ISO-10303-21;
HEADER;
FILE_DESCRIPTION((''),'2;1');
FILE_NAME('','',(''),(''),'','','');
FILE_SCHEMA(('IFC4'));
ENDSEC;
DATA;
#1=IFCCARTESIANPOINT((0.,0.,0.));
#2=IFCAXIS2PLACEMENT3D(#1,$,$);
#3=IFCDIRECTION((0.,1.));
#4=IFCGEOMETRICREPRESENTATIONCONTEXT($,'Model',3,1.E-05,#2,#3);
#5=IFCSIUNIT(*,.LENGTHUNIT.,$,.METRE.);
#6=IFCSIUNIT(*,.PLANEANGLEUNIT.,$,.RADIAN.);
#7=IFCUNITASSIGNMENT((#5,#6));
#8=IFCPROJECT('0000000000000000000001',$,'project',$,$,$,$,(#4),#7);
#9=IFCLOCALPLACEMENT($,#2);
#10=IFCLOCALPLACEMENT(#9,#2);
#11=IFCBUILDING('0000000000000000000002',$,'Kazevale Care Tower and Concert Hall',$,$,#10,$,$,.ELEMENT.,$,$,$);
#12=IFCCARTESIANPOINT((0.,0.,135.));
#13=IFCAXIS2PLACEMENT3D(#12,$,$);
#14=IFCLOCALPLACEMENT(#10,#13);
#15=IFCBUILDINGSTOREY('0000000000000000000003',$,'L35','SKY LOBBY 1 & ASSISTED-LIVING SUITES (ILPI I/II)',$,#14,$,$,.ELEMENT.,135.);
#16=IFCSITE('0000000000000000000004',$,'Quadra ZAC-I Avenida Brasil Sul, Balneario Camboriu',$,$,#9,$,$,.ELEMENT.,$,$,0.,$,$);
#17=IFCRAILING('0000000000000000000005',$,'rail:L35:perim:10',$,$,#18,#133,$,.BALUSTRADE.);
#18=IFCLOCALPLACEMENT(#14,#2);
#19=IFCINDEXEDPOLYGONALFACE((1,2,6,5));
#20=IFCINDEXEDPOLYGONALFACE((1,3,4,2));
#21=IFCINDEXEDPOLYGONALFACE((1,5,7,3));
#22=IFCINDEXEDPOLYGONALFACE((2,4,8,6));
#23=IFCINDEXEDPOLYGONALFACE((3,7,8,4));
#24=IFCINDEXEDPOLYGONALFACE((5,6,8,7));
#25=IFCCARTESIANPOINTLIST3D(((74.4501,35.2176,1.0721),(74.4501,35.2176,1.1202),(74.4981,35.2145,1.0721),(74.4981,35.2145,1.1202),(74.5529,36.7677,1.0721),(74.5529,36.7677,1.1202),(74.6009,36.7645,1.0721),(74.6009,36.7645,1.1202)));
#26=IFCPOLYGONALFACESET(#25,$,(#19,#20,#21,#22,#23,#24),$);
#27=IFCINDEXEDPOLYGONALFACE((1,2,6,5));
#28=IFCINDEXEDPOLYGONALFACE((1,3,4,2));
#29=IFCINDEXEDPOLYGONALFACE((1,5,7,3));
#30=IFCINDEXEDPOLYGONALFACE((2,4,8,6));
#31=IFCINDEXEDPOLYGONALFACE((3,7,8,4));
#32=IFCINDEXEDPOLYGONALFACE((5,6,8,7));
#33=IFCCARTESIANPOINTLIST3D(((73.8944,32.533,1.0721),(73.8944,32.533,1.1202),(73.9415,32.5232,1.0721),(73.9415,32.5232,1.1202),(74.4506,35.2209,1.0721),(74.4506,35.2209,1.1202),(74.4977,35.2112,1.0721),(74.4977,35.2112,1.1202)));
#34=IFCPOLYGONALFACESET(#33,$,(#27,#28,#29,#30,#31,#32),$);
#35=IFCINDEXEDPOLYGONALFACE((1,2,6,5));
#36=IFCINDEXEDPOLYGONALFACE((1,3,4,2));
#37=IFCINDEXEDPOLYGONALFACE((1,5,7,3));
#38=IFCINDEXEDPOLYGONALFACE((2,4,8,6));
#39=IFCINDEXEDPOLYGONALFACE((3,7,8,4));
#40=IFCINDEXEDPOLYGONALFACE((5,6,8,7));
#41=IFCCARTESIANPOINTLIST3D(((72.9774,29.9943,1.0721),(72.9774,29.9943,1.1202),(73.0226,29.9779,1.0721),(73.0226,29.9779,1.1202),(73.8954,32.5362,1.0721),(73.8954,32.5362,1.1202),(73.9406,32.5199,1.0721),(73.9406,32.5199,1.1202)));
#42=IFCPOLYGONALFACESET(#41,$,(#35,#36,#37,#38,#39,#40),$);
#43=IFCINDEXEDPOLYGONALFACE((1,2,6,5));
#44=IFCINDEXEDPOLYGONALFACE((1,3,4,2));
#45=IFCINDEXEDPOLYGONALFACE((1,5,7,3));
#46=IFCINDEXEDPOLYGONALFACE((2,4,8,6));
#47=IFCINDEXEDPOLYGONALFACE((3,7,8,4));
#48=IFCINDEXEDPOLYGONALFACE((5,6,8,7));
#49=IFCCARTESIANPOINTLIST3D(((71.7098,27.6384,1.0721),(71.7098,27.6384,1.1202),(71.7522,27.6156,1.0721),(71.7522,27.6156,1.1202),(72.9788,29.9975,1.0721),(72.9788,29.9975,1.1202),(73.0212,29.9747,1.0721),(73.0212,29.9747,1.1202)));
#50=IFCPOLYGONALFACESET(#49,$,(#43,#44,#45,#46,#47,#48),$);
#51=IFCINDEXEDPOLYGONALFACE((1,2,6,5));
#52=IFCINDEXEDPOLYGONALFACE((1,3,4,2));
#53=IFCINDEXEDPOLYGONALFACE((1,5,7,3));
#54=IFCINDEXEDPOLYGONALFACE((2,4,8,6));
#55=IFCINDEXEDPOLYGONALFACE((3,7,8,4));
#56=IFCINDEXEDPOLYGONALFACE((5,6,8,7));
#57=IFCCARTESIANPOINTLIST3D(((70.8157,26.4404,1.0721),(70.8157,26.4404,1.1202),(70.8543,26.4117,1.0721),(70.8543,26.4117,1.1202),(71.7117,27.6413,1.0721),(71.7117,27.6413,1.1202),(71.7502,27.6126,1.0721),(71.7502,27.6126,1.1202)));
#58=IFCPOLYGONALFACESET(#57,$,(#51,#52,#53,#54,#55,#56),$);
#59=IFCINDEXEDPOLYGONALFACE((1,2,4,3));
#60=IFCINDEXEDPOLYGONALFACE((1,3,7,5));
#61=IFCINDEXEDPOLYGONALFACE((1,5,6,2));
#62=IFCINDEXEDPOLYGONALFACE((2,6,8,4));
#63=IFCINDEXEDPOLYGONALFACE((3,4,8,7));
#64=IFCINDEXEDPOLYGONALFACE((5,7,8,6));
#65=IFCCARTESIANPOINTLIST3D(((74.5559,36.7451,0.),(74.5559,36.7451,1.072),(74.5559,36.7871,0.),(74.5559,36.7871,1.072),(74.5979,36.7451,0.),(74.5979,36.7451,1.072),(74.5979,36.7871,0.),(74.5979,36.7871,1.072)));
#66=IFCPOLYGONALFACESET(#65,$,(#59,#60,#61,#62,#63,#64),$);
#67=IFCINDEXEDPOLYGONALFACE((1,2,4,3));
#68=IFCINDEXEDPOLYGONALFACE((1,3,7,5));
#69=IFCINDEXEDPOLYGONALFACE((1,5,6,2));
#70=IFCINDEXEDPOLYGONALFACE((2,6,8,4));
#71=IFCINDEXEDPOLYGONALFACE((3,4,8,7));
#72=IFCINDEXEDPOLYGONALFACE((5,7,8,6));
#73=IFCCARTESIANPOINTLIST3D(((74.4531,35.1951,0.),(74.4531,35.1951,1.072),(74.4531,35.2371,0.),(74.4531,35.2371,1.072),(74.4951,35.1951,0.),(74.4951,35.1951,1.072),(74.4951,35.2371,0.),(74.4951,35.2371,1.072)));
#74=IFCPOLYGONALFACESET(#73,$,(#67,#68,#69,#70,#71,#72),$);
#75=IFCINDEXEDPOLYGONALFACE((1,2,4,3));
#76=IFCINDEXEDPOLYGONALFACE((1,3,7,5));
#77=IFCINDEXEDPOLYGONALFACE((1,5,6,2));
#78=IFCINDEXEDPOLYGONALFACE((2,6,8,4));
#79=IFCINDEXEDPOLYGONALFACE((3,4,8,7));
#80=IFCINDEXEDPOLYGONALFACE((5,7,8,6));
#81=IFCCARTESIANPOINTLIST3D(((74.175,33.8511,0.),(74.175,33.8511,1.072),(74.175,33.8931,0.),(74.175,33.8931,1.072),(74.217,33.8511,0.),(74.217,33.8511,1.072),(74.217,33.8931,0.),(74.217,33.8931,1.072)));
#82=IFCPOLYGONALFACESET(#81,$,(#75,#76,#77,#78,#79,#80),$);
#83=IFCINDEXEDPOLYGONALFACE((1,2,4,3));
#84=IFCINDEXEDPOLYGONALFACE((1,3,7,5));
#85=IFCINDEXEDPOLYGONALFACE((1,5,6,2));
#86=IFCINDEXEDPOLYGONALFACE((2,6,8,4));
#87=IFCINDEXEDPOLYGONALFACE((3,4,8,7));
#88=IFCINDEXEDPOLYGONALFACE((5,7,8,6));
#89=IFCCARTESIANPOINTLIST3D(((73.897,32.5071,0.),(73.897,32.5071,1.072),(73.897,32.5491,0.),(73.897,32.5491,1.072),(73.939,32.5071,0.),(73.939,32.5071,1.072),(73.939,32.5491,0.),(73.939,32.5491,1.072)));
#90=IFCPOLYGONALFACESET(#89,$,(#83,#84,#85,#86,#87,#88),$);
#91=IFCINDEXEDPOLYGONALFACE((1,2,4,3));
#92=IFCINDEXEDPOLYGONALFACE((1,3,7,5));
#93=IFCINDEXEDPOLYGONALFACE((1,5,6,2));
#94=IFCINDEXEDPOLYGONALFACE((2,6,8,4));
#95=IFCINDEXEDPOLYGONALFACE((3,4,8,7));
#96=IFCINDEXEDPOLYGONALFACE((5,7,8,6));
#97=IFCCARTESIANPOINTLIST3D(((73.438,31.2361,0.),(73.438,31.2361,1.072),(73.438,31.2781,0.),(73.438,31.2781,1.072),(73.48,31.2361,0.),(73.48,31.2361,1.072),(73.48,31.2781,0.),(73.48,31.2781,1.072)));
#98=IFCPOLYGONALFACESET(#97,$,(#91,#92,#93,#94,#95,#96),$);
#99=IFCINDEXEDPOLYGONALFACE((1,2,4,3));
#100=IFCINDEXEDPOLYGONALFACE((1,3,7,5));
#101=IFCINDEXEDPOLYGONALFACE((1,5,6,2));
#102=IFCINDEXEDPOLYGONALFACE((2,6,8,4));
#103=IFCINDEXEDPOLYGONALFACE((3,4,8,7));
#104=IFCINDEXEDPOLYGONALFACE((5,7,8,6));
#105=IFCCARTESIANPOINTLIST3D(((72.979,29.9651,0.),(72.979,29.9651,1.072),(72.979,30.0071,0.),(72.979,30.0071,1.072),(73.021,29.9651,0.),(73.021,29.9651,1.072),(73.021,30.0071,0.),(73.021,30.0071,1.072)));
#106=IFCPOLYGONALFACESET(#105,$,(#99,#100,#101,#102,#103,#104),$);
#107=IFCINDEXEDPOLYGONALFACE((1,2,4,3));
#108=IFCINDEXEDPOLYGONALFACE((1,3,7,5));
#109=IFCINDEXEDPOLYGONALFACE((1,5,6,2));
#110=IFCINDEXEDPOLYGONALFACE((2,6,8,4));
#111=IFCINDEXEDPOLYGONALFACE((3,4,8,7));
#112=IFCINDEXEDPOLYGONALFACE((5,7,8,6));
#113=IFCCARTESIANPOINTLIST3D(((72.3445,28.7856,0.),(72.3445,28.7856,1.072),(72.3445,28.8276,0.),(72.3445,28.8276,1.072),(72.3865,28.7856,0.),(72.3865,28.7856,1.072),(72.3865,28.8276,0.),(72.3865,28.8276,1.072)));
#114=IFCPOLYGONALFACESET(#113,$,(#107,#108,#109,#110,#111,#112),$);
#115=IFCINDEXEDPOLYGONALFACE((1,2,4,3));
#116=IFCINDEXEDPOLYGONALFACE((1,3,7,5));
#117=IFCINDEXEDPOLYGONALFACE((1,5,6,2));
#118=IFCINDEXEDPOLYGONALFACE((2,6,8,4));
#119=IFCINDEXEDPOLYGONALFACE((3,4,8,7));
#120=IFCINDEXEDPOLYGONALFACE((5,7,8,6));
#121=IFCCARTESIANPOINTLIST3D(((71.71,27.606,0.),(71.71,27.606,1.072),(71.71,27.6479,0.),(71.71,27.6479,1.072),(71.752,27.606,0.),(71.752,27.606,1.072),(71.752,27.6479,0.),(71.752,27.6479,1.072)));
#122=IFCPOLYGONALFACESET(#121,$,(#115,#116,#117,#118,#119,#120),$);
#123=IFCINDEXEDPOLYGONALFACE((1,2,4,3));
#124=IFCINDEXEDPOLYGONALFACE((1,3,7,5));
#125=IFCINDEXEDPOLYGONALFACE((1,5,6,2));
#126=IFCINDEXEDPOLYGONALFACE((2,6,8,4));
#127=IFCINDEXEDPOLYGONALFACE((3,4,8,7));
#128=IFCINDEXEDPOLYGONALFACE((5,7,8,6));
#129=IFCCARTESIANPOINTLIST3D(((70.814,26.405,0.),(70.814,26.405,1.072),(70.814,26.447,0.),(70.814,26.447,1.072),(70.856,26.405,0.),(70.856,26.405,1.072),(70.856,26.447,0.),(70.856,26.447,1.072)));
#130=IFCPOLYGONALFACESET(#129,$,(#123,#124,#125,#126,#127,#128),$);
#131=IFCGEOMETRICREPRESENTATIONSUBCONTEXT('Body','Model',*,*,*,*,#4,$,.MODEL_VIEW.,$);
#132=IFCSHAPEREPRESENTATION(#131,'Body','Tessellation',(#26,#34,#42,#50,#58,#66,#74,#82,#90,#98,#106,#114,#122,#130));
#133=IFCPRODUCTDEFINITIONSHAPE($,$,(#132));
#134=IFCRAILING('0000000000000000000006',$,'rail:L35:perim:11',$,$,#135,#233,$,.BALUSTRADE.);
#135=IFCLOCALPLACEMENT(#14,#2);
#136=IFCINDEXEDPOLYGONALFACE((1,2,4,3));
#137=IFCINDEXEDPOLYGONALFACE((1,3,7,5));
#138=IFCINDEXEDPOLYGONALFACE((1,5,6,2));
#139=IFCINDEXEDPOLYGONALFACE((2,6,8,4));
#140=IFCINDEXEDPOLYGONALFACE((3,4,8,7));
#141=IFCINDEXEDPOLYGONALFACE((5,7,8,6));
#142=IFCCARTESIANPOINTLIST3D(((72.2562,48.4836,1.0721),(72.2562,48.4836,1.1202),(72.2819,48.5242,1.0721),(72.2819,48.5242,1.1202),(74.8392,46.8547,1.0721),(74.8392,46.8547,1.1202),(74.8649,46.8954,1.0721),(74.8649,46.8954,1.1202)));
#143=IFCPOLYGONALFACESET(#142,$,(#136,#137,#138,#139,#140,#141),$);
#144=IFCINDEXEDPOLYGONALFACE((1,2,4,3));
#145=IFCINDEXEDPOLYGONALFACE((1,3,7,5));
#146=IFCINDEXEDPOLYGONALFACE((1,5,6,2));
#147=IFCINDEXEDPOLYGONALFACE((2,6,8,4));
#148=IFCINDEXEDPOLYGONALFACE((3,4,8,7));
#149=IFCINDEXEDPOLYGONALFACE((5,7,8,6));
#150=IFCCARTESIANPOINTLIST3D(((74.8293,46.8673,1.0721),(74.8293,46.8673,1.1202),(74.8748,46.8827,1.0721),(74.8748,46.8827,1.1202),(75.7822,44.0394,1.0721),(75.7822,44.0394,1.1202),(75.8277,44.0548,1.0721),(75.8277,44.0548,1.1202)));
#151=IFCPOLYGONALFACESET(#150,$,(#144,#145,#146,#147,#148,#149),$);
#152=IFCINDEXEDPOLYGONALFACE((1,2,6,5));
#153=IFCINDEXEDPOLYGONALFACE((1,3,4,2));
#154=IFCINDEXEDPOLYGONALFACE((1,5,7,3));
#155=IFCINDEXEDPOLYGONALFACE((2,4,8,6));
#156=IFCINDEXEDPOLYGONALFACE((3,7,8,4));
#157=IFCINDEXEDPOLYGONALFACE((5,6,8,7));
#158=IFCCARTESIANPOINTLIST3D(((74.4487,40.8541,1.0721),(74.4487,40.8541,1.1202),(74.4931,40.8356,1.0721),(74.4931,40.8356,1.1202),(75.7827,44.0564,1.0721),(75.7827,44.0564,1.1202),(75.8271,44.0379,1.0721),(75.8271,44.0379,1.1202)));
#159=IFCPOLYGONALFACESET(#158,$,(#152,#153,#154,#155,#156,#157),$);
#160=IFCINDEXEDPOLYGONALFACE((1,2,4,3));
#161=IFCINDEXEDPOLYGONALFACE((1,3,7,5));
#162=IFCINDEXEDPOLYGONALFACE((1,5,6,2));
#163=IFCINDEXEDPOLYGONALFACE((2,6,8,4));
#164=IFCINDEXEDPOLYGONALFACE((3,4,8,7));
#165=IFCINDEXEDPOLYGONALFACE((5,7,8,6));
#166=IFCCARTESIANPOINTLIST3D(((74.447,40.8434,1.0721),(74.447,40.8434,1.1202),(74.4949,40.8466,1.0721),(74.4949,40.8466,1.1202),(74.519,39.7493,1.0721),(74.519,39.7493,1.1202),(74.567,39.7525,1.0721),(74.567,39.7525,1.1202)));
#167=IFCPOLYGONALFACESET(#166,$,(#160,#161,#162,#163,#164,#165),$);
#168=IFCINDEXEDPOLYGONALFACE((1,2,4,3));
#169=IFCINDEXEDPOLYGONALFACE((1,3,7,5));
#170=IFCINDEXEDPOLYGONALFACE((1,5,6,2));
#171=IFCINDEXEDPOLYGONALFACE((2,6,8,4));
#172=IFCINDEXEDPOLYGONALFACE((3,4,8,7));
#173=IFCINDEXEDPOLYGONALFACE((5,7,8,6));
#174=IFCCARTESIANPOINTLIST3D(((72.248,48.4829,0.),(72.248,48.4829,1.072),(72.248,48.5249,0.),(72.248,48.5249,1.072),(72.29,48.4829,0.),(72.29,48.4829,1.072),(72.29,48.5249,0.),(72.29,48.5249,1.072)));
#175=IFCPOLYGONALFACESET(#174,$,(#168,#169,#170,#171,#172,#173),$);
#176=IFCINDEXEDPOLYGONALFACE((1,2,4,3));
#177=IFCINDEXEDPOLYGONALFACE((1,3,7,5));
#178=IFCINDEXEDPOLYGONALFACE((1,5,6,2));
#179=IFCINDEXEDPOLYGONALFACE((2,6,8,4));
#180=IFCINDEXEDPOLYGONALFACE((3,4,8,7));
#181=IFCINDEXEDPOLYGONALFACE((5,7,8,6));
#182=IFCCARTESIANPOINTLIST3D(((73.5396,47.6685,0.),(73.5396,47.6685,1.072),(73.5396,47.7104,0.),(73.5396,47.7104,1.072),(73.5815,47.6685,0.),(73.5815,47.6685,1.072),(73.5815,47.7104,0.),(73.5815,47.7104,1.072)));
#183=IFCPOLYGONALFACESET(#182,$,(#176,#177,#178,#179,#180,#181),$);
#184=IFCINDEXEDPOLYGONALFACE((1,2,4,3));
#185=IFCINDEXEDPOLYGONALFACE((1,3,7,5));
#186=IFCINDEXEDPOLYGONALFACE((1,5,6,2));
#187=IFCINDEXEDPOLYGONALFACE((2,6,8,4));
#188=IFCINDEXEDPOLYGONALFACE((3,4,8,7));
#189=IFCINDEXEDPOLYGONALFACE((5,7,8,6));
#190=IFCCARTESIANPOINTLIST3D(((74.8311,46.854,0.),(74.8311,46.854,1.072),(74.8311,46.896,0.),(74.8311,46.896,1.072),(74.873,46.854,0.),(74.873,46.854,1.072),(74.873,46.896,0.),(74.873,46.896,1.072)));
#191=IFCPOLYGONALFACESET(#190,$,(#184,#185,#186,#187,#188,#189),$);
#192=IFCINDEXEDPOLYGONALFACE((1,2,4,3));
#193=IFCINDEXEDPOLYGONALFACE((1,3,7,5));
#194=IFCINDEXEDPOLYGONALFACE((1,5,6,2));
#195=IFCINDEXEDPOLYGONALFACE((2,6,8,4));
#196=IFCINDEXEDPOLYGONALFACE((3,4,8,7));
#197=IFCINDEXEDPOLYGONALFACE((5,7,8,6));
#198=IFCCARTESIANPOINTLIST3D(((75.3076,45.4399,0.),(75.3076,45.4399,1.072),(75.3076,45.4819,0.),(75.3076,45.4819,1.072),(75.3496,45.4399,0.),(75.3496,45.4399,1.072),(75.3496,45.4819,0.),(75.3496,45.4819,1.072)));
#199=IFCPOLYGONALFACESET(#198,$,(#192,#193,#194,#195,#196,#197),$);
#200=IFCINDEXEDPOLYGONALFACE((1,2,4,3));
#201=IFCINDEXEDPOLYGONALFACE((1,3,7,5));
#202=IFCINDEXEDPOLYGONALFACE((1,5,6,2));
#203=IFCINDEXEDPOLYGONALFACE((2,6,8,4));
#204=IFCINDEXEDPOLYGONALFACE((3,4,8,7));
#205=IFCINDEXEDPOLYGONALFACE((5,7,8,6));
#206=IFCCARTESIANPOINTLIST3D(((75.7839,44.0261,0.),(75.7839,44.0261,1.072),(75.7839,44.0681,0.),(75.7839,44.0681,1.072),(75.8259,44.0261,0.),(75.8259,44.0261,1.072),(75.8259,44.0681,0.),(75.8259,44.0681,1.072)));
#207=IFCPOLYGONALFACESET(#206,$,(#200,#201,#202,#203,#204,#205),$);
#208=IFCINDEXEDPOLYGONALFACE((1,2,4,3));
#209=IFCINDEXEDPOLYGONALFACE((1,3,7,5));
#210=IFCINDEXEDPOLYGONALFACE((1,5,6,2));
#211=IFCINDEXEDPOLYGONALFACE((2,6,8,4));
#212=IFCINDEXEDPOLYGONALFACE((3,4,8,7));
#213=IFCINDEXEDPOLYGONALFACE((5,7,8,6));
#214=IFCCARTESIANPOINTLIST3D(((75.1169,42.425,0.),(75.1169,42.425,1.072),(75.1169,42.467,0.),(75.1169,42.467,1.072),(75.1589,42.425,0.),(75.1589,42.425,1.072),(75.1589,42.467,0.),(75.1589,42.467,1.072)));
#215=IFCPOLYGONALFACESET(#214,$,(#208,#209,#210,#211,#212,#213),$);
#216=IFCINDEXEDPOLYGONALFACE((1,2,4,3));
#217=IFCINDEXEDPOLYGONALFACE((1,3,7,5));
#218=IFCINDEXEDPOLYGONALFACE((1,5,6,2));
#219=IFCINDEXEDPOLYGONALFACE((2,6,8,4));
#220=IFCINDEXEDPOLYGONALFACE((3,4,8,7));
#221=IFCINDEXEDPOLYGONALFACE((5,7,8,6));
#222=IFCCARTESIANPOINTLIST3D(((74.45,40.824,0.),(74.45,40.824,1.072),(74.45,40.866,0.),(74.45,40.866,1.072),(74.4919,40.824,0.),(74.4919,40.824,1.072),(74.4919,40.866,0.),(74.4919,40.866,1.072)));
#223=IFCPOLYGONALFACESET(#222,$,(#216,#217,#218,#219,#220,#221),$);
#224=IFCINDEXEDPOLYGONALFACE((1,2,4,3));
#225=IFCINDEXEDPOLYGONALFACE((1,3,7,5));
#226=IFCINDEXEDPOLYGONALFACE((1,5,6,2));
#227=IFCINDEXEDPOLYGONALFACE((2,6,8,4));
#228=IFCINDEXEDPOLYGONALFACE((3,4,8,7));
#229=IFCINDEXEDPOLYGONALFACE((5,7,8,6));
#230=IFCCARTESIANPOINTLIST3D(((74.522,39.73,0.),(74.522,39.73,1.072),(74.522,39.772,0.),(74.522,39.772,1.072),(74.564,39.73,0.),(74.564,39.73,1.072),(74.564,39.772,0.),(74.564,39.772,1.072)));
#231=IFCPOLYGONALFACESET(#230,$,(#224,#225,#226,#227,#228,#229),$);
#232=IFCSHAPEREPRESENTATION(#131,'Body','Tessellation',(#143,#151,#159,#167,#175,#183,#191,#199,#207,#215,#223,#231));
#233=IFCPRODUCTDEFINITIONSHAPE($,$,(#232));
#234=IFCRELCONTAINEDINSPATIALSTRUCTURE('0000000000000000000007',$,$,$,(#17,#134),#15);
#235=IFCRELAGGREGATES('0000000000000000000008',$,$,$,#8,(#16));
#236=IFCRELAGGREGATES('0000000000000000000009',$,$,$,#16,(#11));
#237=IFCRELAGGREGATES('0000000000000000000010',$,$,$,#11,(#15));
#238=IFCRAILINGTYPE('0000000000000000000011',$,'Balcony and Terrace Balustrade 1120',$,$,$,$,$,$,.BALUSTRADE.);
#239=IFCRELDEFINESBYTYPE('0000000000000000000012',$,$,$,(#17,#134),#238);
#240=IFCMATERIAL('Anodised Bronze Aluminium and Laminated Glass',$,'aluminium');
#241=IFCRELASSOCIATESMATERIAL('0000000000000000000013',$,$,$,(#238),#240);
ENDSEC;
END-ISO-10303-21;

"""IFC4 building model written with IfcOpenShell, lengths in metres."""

from ifc_helpers import new_model, si_unit, direction, frame, origin, origin_2d, place, context, subcontext, project, spatial, rectangle, extrude, material, type_object, element, save


model = new_model("IFC4")

# Units and contexts
model_context = context("Model", 3, precision=1e-05, world=origin(), true_north=direction((0.0, 1.0)))
body_context = subcontext(model_context, "Body", "Model", "MODEL_VIEW")
ifc_project = project(units=[si_unit("LENGTHUNIT", "METRE"), si_unit("PLANEANGLEUNIT", "RADIAN")], contexts=[model_context])

# Site, building, storey
site_placement = place(None, origin())
site = spatial("IfcSite", under=ifc_project, at=site_placement, Name="Quadra ZAC-I Avenida Brasil Sul, Balneario Camboriu", CompositionType="ELEMENT", RefElevation=0.0)
building_placement = place(site_placement, origin())
building = spatial("IfcBuilding", under=site, at=building_placement, Name="Kazevale Care Tower and Concert Hall", CompositionType="ELEMENT")
storey_placement = place(building_placement, frame((0.0, 0.0, 135.0)))
storey = spatial("IfcBuildingStorey", under=building, at=storey_placement, Name="L35", Description="SKY LOBBY 1 & ASSISTED-LIVING SUITES (ILPI I/II)", CompositionType="ELEMENT", Elevation=135.0)

# Railings
ifc_material_1 = material(Name="Anodised Bronze Aluminium and Laminated Glass", Category="aluminium")
railing_type = type_object("IfcRailingType", Name="Balcony and Terrace Balustrade 1120", PredefinedType="BALUSTRADE", material=ifc_material_1)
railing_1_placement = place(storey_placement, frame((74.5769, 36.7661, 0.0)))
element("IfcRailing", 1, at=railing_1_placement, inside=storey, type_object=railing_type, Name="rail:L35:perim:10", PredefinedType="BALUSTRADE", context=body_context, shape_type="SweptSolid", body=[
    extrude(rectangle(XDim=0.0481, YDim=0.0481, at=origin_2d()), frame((0.0, 0.0, 1.0962), z_axis=(-0.066164, -0.997809, 0.0), x_axis=(0.997809, -0.066164, 0.0)), (0.0, 0.0, 1.0), 1.5535),
    extrude(rectangle(XDim=0.0481, YDim=0.0481, at=origin_2d()), frame((-0.1028, -1.55, 1.0962), z_axis=(-0.202611, -0.979259, 0.0), x_axis=(0.979259, -0.202611, 0.0)), (0.0, 0.0, 1.0), 2.7449),
    extrude(rectangle(XDim=0.0481, YDim=0.0481, at=origin_2d()), frame((-0.6589, -4.238, 1.0962), z_axis=(-0.339653, -0.940551, 0.0), x_axis=(0.940551, -0.339653, 0.0)), (0.0, 0.0, 1.0), 2.7026),
    extrude(rectangle(XDim=0.0481, YDim=0.0481, at=origin_2d()), frame((-1.5769, -6.78, 1.0962), z_axis=(-0.473736, -0.880667, 0.0), x_axis=(0.880667, -0.473736, 0.0)), (0.0, 0.0, 1.0), 2.6787),
    extrude(rectangle(XDim=0.0481, YDim=0.0481, at=origin_2d()), frame((-2.8459, -9.1392, 1.0962), z_axis=(-0.597991, -0.801503, 0.0), x_axis=(0.801503, -0.597991, 0.0)), (0.0, 0.0, 1.0), 1.4983),
    extrude(rectangle(XDim=0.042, YDim=0.042, at=origin_2d()), origin(), (0.0, 0.0, 1.0), 1.072),
    extrude(rectangle(XDim=0.042, YDim=0.042, at=origin_2d()), frame((-0.1028, -1.55, 0.0)), (0.0, 0.0, 1.0), 1.072),
    extrude(rectangle(XDim=0.042, YDim=0.042, at=origin_2d()), frame((-0.3809, -2.894, 0.0)), (0.0, 0.0, 1.0), 1.072),
    extrude(rectangle(XDim=0.042, YDim=0.042, at=origin_2d()), frame((-0.6589, -4.238, 0.0)), (0.0, 0.0, 1.0), 1.072),
    extrude(rectangle(XDim=0.042, YDim=0.042, at=origin_2d()), frame((-1.1179, -5.509, 0.0)), (0.0, 0.0, 1.0), 1.072),
    extrude(rectangle(XDim=0.042, YDim=0.042, at=origin_2d()), frame((-1.5769, -6.78, 0.0)), (0.0, 0.0, 1.0), 1.072),
    extrude(rectangle(XDim=0.042, YDim=0.042, at=origin_2d()), frame((-2.2114, -7.9595, 0.0)), (0.0, 0.0, 1.0), 1.072),
    extrude(rectangle(XDim=0.042, YDim=0.042, at=origin_2d()), frame((-2.8459, -9.1392, 0.0)), (0.0, 0.0, 1.0), 1.072),
    extrude(rectangle(XDim=0.042, YDim=0.042, at=origin_2d()), frame((-3.7419, -10.3401, 0.0)), (0.0, 0.0, 1.0), 1.072),
])
railing_2_placement = place(storey_placement, frame((72.269, 48.5039, 0.0)))
element("IfcRailing", 2, at=railing_2_placement, inside=storey, type_object=railing_type, Name="rail:L35:perim:11", PredefinedType="BALUSTRADE", context=body_context, shape_type="SweptSolid", body=[
    extrude(rectangle(XDim=0.0481, YDim=0.0481, at=origin_2d()), frame((0.0, 0.0, 1.0962), z_axis=(0.845853, -0.533415, 0.0), x_axis=(0.533415, 0.845853, 0.0)), (0.0, 0.0, 1.0), 3.0537),
    extrude(rectangle(XDim=0.0481, YDim=0.0481, at=origin_2d()), frame((2.583, -1.6289, 1.0962), z_axis=(0.319319, -0.947647, 0.0), x_axis=(0.947647, 0.319319, 0.0)), (0.0, 0.0, 1.0), 2.9841),
    extrude(rectangle(XDim=0.0481, YDim=0.0481, at=origin_2d()), frame((3.5359, -4.4568, 1.0962), z_axis=(-0.384555, -0.923102, 0.0), x_axis=(0.923102, -0.384555, 0.0)), (0.0, 0.0, 1.0), 3.469),
    extrude(rectangle(XDim=0.0481, YDim=0.0481, at=origin_2d()), frame((2.2019, -7.6589, 1.0962), z_axis=(0.065691, -0.99784, 0.0), x_axis=(0.99784, 0.065691, 0.0)), (0.0, 0.0, 1.0), 1.0964),
    extrude(rectangle(XDim=0.042, YDim=0.042, at=origin_2d()), origin(), (0.0, 0.0, 1.0), 1.072),
    extrude(rectangle(XDim=0.042, YDim=0.042, at=origin_2d()), frame((1.2915, -0.8145, 0.0)), (0.0, 0.0, 1.0), 1.072),
    extrude(rectangle(XDim=0.042, YDim=0.042, at=origin_2d()), frame((2.583, -1.6289, 0.0)), (0.0, 0.0, 1.0), 1.072),
    extrude(rectangle(XDim=0.042, YDim=0.042, at=origin_2d()), frame((3.0596, -3.043, 0.0)), (0.0, 0.0, 1.0), 1.072),
    extrude(rectangle(XDim=0.042, YDim=0.042, at=origin_2d()), frame((3.5359, -4.4568, 0.0)), (0.0, 0.0, 1.0), 1.072),
    extrude(rectangle(XDim=0.042, YDim=0.042, at=origin_2d()), frame((2.8689, -6.0579, 0.0)), (0.0, 0.0, 1.0), 1.072),
    extrude(rectangle(XDim=0.042, YDim=0.042, at=origin_2d()), frame((2.2019, -7.6589, 0.0)), (0.0, 0.0, 1.0), 1.072),
    extrude(rectangle(XDim=0.042, YDim=0.042, at=origin_2d()), frame((2.2739, -8.7529, 0.0)), (0.0, 0.0, 1.0), 1.072),
])

save(model, "model.ifc")
